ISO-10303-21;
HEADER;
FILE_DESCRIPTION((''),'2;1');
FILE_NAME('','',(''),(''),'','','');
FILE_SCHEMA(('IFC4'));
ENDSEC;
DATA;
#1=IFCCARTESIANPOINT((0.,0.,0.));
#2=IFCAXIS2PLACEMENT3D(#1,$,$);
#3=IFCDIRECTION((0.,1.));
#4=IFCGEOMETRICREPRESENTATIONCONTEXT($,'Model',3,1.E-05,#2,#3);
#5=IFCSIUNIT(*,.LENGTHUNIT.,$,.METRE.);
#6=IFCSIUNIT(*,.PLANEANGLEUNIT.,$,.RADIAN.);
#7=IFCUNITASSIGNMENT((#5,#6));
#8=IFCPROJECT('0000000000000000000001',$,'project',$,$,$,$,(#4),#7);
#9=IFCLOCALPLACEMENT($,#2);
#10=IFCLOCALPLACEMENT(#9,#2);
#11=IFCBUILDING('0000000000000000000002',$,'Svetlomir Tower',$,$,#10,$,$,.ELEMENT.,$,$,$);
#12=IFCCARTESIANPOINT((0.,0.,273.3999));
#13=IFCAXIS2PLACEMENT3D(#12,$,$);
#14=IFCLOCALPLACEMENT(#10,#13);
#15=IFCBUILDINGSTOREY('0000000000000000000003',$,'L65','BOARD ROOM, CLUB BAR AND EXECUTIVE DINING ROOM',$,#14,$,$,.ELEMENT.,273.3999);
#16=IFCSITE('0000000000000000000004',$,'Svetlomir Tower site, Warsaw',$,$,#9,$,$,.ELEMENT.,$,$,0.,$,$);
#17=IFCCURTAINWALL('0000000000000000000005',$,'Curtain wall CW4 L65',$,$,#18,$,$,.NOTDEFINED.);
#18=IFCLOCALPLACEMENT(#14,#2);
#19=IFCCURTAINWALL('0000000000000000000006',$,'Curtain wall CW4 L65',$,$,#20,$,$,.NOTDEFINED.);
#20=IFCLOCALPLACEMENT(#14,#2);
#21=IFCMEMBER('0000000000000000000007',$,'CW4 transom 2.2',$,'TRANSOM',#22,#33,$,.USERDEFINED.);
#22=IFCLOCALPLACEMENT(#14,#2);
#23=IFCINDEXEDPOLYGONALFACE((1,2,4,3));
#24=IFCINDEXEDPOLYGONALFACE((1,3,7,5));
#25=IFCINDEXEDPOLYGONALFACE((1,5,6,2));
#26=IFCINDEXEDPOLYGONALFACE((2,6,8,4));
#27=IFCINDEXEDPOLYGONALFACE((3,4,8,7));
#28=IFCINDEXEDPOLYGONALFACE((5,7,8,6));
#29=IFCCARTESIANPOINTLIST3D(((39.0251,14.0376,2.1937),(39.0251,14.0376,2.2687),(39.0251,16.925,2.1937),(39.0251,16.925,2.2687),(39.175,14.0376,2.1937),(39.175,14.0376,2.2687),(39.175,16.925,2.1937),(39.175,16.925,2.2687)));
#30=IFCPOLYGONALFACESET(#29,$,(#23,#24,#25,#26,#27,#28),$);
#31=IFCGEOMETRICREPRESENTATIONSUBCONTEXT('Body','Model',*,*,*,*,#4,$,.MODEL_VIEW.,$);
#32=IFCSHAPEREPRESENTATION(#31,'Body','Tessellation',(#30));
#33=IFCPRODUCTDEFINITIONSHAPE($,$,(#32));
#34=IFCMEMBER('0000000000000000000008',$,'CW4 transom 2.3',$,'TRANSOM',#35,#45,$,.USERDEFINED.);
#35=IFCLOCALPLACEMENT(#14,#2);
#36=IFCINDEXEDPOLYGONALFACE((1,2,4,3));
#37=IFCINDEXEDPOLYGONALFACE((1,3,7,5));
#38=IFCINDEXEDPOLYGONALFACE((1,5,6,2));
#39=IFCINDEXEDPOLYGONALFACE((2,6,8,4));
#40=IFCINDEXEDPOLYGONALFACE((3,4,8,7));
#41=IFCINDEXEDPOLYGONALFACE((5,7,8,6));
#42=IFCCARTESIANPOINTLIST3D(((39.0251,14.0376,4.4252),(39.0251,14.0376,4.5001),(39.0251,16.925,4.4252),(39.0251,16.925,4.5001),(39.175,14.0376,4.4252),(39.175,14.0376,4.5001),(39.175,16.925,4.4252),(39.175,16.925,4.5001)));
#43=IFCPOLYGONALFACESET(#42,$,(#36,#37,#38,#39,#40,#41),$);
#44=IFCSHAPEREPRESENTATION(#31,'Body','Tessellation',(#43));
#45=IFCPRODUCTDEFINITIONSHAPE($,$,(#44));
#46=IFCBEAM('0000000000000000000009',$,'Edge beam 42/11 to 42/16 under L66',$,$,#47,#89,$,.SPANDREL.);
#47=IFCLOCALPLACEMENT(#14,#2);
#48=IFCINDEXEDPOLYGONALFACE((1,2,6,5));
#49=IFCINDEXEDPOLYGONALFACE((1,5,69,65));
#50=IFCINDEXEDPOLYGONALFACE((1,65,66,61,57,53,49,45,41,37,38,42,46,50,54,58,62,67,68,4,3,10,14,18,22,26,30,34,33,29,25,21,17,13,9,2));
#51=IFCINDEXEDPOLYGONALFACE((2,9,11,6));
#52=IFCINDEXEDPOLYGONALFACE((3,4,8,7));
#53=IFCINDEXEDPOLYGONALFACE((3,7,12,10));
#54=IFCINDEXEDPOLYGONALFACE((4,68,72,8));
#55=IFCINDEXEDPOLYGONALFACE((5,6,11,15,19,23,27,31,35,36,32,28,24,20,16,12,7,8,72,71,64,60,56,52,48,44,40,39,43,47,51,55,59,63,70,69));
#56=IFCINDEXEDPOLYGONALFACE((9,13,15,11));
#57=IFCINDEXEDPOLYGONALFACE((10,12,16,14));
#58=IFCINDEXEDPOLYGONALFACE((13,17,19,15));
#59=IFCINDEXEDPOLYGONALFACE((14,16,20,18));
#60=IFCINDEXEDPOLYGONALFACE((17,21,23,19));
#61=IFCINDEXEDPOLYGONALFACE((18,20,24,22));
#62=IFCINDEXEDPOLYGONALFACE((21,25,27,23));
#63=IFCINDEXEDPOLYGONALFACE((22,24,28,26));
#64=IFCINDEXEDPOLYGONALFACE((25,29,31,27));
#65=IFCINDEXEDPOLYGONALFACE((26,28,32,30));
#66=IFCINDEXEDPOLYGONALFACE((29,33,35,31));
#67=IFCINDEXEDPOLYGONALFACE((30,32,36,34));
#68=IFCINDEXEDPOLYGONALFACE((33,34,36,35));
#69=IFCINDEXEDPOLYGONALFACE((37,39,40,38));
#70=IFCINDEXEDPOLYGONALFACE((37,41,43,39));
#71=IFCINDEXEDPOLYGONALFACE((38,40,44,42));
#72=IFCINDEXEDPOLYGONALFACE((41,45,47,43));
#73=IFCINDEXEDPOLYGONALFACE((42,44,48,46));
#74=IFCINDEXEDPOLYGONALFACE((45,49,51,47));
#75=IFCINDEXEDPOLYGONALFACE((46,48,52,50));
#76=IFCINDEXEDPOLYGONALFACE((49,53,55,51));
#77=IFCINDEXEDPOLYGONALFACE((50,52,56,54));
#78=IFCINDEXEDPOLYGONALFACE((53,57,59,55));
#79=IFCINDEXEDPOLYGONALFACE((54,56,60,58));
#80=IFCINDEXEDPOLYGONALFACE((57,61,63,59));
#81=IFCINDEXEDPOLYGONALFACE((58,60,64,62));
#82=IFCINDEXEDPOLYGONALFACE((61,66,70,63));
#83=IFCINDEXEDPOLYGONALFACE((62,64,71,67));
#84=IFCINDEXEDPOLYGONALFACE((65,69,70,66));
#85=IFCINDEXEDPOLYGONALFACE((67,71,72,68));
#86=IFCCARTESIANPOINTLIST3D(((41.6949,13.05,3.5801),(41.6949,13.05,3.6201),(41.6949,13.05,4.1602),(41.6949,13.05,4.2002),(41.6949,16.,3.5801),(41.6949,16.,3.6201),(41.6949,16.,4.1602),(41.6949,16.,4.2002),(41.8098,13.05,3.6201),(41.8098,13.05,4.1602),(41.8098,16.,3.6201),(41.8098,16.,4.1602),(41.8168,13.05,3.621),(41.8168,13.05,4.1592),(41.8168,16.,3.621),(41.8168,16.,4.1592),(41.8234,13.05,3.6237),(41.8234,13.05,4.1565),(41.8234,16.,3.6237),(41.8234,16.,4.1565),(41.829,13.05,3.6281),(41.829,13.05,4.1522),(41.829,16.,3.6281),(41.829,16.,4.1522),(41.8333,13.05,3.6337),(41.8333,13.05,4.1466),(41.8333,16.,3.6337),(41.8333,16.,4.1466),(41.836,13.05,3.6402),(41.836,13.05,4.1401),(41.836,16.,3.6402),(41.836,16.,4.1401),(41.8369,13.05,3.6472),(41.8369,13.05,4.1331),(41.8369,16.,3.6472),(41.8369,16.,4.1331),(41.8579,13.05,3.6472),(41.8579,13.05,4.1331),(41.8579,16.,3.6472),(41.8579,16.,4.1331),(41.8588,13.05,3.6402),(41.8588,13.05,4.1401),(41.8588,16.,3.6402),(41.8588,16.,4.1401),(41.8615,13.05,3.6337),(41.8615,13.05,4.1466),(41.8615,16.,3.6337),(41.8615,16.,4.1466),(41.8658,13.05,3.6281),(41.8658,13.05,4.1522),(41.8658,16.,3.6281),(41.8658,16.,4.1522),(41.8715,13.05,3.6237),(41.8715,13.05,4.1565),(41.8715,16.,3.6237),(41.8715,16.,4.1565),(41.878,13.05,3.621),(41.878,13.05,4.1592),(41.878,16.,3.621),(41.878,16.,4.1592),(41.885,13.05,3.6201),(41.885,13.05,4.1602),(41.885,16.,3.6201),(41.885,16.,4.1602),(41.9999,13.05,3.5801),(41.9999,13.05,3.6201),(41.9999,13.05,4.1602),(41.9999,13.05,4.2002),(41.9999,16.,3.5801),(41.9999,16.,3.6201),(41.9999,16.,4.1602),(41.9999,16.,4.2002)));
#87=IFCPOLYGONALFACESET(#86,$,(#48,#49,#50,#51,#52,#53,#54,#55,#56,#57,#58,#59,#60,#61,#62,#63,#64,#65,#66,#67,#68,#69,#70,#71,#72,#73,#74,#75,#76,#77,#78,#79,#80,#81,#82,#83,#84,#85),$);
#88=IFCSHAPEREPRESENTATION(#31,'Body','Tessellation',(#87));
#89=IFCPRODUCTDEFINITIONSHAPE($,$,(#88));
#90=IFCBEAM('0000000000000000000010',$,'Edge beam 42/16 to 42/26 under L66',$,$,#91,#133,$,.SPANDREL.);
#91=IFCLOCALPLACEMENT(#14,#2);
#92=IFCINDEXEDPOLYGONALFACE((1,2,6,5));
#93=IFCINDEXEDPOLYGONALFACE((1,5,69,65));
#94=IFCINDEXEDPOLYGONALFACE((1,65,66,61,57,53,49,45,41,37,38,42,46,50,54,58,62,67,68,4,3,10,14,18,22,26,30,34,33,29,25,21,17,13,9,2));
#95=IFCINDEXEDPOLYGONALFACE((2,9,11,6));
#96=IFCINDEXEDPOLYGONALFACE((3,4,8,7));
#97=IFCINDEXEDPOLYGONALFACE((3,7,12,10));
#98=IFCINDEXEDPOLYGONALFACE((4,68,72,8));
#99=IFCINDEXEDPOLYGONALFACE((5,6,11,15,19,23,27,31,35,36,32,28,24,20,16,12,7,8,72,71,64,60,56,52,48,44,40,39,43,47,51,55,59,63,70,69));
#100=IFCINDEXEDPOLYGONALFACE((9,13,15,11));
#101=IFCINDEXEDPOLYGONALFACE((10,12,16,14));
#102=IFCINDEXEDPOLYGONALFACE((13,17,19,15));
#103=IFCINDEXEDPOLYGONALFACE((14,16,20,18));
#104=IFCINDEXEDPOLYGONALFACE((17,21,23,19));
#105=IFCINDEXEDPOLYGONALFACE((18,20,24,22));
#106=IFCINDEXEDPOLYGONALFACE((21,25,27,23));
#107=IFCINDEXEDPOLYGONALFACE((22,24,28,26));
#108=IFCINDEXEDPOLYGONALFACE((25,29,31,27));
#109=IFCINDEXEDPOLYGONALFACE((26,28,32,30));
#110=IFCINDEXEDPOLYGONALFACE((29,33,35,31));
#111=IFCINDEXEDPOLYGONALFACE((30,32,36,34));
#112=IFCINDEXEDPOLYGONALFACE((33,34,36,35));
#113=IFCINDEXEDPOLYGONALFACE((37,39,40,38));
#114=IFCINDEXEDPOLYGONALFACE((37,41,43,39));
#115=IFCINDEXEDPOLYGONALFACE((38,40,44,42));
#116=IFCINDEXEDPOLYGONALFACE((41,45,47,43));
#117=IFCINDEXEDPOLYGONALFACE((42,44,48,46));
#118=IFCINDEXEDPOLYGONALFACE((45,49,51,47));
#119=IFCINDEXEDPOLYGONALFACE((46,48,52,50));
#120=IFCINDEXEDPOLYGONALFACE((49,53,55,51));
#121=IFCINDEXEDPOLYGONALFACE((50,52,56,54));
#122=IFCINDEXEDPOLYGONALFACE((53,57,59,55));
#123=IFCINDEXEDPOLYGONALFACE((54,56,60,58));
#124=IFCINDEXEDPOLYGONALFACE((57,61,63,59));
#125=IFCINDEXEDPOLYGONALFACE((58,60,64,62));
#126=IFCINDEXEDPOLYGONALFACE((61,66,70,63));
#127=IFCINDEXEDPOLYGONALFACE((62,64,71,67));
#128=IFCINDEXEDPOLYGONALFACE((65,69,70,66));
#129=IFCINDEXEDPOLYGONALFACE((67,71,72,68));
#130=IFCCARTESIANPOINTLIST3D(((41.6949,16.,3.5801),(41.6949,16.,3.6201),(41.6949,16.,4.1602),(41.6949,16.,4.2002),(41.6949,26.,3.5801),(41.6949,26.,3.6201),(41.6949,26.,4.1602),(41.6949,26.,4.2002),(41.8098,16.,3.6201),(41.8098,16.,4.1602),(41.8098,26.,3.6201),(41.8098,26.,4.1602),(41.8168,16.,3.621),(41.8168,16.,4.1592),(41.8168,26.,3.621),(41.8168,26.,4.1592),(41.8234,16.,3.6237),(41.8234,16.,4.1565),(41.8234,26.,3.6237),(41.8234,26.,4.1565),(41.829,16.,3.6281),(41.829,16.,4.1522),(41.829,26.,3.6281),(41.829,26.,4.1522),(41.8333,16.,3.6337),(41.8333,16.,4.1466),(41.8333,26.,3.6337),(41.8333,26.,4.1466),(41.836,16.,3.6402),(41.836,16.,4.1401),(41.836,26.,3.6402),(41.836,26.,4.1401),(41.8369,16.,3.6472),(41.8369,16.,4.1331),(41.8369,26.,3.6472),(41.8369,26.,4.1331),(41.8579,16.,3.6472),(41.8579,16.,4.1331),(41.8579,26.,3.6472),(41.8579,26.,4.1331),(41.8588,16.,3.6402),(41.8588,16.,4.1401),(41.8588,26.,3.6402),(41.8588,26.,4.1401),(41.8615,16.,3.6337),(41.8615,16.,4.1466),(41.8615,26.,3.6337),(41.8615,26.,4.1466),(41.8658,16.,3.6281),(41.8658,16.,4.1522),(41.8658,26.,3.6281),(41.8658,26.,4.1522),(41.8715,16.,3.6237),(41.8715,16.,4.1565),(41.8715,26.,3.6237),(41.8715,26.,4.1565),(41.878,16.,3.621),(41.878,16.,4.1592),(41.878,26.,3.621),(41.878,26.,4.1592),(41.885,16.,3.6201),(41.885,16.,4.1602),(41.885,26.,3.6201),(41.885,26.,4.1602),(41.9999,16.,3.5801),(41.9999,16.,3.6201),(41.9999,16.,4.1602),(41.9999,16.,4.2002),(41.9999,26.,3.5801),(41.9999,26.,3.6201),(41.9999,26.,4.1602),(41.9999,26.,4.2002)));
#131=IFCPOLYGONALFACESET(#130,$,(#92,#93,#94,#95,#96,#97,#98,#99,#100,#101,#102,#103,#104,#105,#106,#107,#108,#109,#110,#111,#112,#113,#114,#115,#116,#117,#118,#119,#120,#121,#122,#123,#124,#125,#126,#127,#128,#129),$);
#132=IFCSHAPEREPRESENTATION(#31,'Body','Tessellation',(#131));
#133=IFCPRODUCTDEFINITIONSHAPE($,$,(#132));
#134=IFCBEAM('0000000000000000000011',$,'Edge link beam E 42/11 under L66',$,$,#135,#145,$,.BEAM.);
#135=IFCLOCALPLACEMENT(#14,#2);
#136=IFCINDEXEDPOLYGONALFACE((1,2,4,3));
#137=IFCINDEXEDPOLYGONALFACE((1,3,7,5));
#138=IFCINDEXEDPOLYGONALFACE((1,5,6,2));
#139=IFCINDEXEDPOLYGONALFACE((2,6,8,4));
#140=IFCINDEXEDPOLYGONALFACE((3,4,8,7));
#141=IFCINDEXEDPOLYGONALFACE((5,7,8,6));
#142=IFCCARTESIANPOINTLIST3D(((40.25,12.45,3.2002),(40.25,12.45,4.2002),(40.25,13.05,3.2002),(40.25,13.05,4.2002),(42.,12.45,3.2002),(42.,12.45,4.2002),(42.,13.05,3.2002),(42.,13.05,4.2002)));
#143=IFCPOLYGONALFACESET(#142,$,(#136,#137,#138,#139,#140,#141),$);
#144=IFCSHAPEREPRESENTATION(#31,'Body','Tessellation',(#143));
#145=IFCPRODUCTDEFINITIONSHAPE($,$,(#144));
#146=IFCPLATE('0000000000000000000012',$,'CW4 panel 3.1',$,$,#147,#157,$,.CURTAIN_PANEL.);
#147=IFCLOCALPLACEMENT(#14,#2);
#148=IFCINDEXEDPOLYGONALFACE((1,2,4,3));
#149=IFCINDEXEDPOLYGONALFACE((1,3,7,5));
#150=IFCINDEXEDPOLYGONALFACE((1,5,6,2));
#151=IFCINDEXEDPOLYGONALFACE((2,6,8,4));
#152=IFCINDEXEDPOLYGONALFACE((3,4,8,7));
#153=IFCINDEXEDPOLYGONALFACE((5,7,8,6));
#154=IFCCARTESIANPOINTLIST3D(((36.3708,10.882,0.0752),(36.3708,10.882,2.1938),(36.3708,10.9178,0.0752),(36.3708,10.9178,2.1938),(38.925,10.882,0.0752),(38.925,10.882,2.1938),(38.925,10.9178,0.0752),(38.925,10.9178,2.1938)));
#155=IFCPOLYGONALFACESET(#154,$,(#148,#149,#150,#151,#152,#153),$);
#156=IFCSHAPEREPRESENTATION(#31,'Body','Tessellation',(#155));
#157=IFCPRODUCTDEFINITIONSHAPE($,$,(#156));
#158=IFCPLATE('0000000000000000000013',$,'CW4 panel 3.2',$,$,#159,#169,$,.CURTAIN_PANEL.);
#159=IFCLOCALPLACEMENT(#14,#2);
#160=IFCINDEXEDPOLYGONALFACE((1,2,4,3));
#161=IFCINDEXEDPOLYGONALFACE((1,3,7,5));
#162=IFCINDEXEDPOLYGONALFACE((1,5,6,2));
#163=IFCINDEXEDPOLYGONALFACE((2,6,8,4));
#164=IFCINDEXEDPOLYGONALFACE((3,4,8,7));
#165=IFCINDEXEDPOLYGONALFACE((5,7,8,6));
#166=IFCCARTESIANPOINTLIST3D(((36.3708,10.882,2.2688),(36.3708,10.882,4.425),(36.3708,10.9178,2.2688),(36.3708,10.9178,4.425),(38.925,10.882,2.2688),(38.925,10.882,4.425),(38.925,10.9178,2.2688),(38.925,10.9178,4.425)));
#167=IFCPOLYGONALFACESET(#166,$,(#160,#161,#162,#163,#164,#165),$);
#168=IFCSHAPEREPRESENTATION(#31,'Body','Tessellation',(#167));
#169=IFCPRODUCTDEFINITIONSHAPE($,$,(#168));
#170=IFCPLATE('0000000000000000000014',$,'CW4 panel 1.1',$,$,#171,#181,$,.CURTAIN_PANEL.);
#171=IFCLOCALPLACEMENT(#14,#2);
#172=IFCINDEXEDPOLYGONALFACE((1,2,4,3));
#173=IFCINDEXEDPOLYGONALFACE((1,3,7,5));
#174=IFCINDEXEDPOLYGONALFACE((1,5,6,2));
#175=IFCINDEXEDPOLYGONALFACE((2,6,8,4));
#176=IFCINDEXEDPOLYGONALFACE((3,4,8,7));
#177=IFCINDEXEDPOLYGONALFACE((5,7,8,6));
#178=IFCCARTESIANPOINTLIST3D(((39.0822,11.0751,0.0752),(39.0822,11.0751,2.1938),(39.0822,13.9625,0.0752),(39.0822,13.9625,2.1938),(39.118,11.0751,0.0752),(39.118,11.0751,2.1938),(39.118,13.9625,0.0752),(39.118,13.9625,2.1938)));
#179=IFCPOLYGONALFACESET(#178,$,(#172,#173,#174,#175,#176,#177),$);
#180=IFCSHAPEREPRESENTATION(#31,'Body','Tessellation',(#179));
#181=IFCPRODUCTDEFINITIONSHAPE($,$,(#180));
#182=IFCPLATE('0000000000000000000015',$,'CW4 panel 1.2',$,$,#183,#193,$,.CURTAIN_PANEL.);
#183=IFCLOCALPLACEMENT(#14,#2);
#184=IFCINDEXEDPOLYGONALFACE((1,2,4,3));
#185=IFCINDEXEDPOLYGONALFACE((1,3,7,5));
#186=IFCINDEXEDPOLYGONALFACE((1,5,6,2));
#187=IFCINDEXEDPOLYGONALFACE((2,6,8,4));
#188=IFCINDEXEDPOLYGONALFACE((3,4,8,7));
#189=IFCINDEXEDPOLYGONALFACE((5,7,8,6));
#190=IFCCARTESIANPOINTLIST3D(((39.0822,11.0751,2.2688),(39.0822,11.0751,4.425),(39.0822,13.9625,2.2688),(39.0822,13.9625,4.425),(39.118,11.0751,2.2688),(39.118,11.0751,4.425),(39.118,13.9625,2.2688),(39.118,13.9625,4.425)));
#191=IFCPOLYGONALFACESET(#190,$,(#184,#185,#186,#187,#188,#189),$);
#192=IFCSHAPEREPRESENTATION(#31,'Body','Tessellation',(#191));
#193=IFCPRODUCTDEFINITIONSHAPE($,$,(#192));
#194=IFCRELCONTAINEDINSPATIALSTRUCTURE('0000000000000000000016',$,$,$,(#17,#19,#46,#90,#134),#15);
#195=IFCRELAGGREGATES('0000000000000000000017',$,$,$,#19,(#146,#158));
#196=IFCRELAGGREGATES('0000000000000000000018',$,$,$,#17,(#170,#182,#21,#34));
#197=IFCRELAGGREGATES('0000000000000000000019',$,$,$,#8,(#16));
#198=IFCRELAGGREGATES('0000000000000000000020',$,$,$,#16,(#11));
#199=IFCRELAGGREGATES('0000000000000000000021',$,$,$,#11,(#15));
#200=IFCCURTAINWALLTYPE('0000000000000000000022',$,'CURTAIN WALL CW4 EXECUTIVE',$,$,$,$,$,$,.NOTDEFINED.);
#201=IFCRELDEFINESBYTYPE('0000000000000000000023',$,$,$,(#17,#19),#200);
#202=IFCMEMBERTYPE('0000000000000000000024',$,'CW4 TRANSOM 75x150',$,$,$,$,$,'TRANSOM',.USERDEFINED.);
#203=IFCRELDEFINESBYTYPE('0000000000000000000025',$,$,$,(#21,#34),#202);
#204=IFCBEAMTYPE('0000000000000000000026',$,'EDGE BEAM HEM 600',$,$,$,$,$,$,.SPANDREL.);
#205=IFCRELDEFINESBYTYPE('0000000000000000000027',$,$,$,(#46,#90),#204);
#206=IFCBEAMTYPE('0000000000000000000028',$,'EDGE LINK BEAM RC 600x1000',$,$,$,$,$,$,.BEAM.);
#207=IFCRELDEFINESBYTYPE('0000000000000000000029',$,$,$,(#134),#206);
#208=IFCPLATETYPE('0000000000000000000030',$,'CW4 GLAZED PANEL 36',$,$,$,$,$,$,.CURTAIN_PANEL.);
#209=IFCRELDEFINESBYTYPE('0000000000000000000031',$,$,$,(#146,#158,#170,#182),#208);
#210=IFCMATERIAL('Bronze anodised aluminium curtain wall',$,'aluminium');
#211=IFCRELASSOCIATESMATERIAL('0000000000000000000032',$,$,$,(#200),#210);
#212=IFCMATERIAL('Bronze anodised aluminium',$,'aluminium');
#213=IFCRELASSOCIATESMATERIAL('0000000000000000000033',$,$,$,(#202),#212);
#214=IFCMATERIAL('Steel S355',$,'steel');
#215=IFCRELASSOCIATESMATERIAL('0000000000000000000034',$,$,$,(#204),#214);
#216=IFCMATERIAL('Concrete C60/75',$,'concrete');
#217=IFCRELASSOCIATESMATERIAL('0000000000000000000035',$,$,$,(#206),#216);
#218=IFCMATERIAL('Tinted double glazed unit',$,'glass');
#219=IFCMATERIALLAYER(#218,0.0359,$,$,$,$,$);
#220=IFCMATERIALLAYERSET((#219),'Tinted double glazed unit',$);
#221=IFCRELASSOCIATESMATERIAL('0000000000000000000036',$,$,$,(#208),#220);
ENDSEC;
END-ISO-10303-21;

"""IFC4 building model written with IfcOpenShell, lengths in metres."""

from ifc_helpers import new_model, si_unit, direction, frame, origin, origin_2d, place, context, subcontext, project, spatial, rectangle, i_section, extrude, material, layer, layer_set, material_profile, profile_set, type_object, element, aggregate, save


model = new_model("IFC4")

# Units and contexts
model_context = context("Model", 3, precision=1e-05, world=origin(), true_north=direction((0.0, 1.0)))
body_context = subcontext(model_context, "Body", "Model", "MODEL_VIEW")
ifc_project = project(units=[si_unit("LENGTHUNIT", "METRE"), si_unit("PLANEANGLEUNIT", "RADIAN")], contexts=[model_context])

# Site, building, storey
site_placement = place(None, origin())
site = spatial("IfcSite", under=ifc_project, at=site_placement, Name="Svetlomir Tower site, Warsaw", CompositionType="ELEMENT", RefElevation=0.0)
building_placement = place(site_placement, origin())
building = spatial("IfcBuilding", under=site, at=building_placement, Name="Svetlomir Tower", CompositionType="ELEMENT")
storey_placement = place(building_placement, frame((0.0, 0.0, 273.3999)))
storey = spatial("IfcBuildingStorey", under=building, at=storey_placement, Name="L65", Description="BOARD ROOM, CLUB BAR AND EXECUTIVE DINING ROOM", CompositionType="ELEMENT", Elevation=273.3999)

# Curtain walls
ifc_material_1 = material(Name="Bronze anodised aluminium curtain wall", Category="aluminium")
curtain_wall_type = type_object("IfcCurtainWallType", Name="CURTAIN WALL CW4 EXECUTIVE", PredefinedType="NOTDEFINED", material=ifc_material_1)
curtain_wall_1_placement = place(storey_placement, origin())
curtain_wall_1 = element("IfcCurtainWall", 1, at=curtain_wall_1_placement, inside=storey, type_object=curtain_wall_type, Name="Curtain wall CW4 L65", PredefinedType="NOTDEFINED")
curtain_wall_2_placement = place(storey_placement, origin())
curtain_wall_2 = element("IfcCurtainWall", 2, at=curtain_wall_2_placement, inside=storey, type_object=curtain_wall_type, Name="Curtain wall CW4 L65", PredefinedType="NOTDEFINED")

# Members
ifc_material_2 = material(Name="Bronze anodised aluminium", Category="aluminium")
ifc_material_profile_1 = material_profile(ifc_material_2, rectangle(XDim=0.1499, YDim=0.075, at=origin_2d()), Name="AL 150x75")
ifc_profile_set_1 = profile_set([ifc_material_profile_1], Name="Bronze anodised aluminium 6063-T6")
member_type_1 = type_object("IfcMemberType", Name="CW4 TRANSOM 75x150", ElementType="TRANSOM", PredefinedType="USERDEFINED", material=ifc_profile_set_1)
member_1_placement = place(storey_placement, frame((39.1001, 14.0376, 2.2312), z_axis=(0.0, 1.0, 0.0), x_axis=(-1.0, 0.0, 0.0)))
member_1 = element("IfcMember", 3, at=member_1_placement, type_object=member_type_1, Name="CW4 transom 2.2", ObjectType="TRANSOM", PredefinedType="USERDEFINED", context=body_context, shape_type="SweptSolid", body=[
    extrude(rectangle(XDim=0.1499, YDim=0.075, at=origin_2d()), origin(), (0.0, 0.0, 1.0), 2.8875),
])
member_2_placement = place(storey_placement, frame((39.1001, 14.0376, 4.4626), z_axis=(0.0, 1.0, 0.0), x_axis=(-1.0, 0.0, 0.0)))
member_2 = element("IfcMember", 4, at=member_2_placement, type_object=member_type_1, Name="CW4 transom 2.3", ObjectType="TRANSOM", PredefinedType="USERDEFINED", context=body_context, shape_type="SweptSolid", body=[
    extrude(rectangle(XDim=0.1499, YDim=0.075, at=origin_2d()), origin(), (0.0, 0.0, 1.0), 2.8875),
])

# Beams
ifc_material_3 = material(Name="Steel S355", Category="steel")
ifc_material_profile_2 = material_profile(ifc_material_3, i_section(OverallWidth=0.3049, OverallDepth=0.6201, WebThickness=0.021, FlangeThickness=0.04, FilletRadius=0.0271, at=origin_2d()), Name="HEM 600")
ifc_profile_set_2 = profile_set([ifc_material_profile_2], Name="Steel S355")
beam_type_1 = type_object("IfcBeamType", Name="EDGE BEAM HEM 600", PredefinedType="SPANDREL", material=ifc_profile_set_2)
beam_1_placement = place(storey_placement, frame((41.8474, 13.05, 3.8901), z_axis=(0.0, 1.0, 0.0), x_axis=(-1.0, 0.0, 0.0)))
element("IfcBeam", 5, at=beam_1_placement, inside=storey, type_object=beam_type_1, Name="Edge beam 42/11 to 42/16 under L66", PredefinedType="SPANDREL", context=body_context, shape_type="SweptSolid", body=[
    extrude(i_section(OverallWidth=0.3049, OverallDepth=0.6201, WebThickness=0.021, FlangeThickness=0.04, FilletRadius=0.0271, at=origin_2d()), origin(), (0.0, 0.0, 1.0), 2.95),
])
beam_2_placement = place(storey_placement, frame((41.8474, 16.0, 3.8901), z_axis=(0.0, 1.0, 0.0), x_axis=(-1.0, 0.0, 0.0)))
element("IfcBeam", 6, at=beam_2_placement, inside=storey, type_object=beam_type_1, Name="Edge beam 42/16 to 42/26 under L66", PredefinedType="SPANDREL", context=body_context, shape_type="SweptSolid", body=[
    extrude(i_section(OverallWidth=0.3049, OverallDepth=0.6201, WebThickness=0.021, FlangeThickness=0.04, FilletRadius=0.0271, at=origin_2d()), origin(), (0.0, 0.0, 1.0), 10.0),
])
ifc_material_4 = material(Name="Concrete C60/75", Category="concrete")
ifc_material_profile_3 = material_profile(ifc_material_4, rectangle(XDim=0.6001, YDim=1.0, at=origin_2d()), Name="RC 600x1000")
ifc_profile_set_3 = profile_set([ifc_material_profile_3], Name="Concrete C60/75")
beam_type_2 = type_object("IfcBeamType", Name="EDGE LINK BEAM RC 600x1000", PredefinedType="BEAM", material=ifc_profile_set_3)
beam_3_placement = place(storey_placement, frame((40.25, 12.75, 3.7002), z_axis=(1.0, 0.0, 0.0), x_axis=(0.0, 1.0, 0.0)))
element("IfcBeam", 7, at=beam_3_placement, inside=storey, type_object=beam_type_2, Name="Edge link beam E 42/11 under L66", PredefinedType="BEAM", context=body_context, shape_type="SweptSolid", body=[
    extrude(rectangle(XDim=0.6001, YDim=1.0, at=origin_2d()), origin(), (0.0, 0.0, 1.0), 1.75),
])

# Plates
ifc_material_5 = material(Name="Tinted double glazed unit", Category="glass")
ifc_layer_1 = layer(ifc_material_5, 0.0359)
ifc_layer_set_1 = layer_set([ifc_layer_1], Name="Tinted double glazed unit")
plate_type = type_object("IfcPlateType", Name="CW4 GLAZED PANEL 36", PredefinedType="CURTAIN_PANEL", material=ifc_layer_set_1)
plate_1_placement = place(storey_placement, frame((37.6479, 10.8999, 0.0752), z_axis=(0.0, 0.0, 1.0), x_axis=(1.0, 0.0, 0.0)))
plate_1 = element("IfcPlate", 8, at=plate_1_placement, type_object=plate_type, Name="CW4 panel 3.1", PredefinedType="CURTAIN_PANEL", context=body_context, shape_type="SweptSolid", body=[
    extrude(rectangle(XDim=2.5542, YDim=0.0359, at=origin_2d()), origin(), (0.0, 0.0, 1.0), 2.1187),
])
plate_2_placement = place(storey_placement, frame((37.6479, 10.8999, 2.2688), z_axis=(0.0, 0.0, 1.0), x_axis=(1.0, 0.0, 0.0)))
plate_2 = element("IfcPlate", 9, at=plate_2_placement, type_object=plate_type, Name="CW4 panel 3.2", PredefinedType="CURTAIN_PANEL", context=body_context, shape_type="SweptSolid", body=[
    extrude(rectangle(XDim=2.5542, YDim=0.0359, at=origin_2d()), origin(), (0.0, 0.0, 1.0), 2.1562),
])
aggregate(curtain_wall_2, [plate_1, plate_2])
plate_3_placement = place(storey_placement, frame((39.1001, 12.5188, 0.0752), z_axis=(0.0, 0.0, 1.0), x_axis=(0.0, 1.0, 0.0)))
plate_3 = element("IfcPlate", 10, at=plate_3_placement, type_object=plate_type, Name="CW4 panel 1.1", PredefinedType="CURTAIN_PANEL", context=body_context, shape_type="SweptSolid", body=[
    extrude(rectangle(XDim=2.8875, YDim=0.0359, at=origin_2d()), origin(), (0.0, 0.0, 1.0), 2.1187),
])
plate_4_placement = place(storey_placement, frame((39.1001, 12.5188, 2.2688), z_axis=(0.0, 0.0, 1.0), x_axis=(0.0, 1.0, 0.0)))
plate_4 = element("IfcPlate", 11, at=plate_4_placement, type_object=plate_type, Name="CW4 panel 1.2", PredefinedType="CURTAIN_PANEL", context=body_context, shape_type="SweptSolid", body=[
    extrude(rectangle(XDim=2.8875, YDim=0.0359, at=origin_2d()), origin(), (0.0, 0.0, 1.0), 2.1562),
])
aggregate(curtain_wall_1, [plate_3, plate_4, member_1, member_2])

save(model, "model.ifc")
